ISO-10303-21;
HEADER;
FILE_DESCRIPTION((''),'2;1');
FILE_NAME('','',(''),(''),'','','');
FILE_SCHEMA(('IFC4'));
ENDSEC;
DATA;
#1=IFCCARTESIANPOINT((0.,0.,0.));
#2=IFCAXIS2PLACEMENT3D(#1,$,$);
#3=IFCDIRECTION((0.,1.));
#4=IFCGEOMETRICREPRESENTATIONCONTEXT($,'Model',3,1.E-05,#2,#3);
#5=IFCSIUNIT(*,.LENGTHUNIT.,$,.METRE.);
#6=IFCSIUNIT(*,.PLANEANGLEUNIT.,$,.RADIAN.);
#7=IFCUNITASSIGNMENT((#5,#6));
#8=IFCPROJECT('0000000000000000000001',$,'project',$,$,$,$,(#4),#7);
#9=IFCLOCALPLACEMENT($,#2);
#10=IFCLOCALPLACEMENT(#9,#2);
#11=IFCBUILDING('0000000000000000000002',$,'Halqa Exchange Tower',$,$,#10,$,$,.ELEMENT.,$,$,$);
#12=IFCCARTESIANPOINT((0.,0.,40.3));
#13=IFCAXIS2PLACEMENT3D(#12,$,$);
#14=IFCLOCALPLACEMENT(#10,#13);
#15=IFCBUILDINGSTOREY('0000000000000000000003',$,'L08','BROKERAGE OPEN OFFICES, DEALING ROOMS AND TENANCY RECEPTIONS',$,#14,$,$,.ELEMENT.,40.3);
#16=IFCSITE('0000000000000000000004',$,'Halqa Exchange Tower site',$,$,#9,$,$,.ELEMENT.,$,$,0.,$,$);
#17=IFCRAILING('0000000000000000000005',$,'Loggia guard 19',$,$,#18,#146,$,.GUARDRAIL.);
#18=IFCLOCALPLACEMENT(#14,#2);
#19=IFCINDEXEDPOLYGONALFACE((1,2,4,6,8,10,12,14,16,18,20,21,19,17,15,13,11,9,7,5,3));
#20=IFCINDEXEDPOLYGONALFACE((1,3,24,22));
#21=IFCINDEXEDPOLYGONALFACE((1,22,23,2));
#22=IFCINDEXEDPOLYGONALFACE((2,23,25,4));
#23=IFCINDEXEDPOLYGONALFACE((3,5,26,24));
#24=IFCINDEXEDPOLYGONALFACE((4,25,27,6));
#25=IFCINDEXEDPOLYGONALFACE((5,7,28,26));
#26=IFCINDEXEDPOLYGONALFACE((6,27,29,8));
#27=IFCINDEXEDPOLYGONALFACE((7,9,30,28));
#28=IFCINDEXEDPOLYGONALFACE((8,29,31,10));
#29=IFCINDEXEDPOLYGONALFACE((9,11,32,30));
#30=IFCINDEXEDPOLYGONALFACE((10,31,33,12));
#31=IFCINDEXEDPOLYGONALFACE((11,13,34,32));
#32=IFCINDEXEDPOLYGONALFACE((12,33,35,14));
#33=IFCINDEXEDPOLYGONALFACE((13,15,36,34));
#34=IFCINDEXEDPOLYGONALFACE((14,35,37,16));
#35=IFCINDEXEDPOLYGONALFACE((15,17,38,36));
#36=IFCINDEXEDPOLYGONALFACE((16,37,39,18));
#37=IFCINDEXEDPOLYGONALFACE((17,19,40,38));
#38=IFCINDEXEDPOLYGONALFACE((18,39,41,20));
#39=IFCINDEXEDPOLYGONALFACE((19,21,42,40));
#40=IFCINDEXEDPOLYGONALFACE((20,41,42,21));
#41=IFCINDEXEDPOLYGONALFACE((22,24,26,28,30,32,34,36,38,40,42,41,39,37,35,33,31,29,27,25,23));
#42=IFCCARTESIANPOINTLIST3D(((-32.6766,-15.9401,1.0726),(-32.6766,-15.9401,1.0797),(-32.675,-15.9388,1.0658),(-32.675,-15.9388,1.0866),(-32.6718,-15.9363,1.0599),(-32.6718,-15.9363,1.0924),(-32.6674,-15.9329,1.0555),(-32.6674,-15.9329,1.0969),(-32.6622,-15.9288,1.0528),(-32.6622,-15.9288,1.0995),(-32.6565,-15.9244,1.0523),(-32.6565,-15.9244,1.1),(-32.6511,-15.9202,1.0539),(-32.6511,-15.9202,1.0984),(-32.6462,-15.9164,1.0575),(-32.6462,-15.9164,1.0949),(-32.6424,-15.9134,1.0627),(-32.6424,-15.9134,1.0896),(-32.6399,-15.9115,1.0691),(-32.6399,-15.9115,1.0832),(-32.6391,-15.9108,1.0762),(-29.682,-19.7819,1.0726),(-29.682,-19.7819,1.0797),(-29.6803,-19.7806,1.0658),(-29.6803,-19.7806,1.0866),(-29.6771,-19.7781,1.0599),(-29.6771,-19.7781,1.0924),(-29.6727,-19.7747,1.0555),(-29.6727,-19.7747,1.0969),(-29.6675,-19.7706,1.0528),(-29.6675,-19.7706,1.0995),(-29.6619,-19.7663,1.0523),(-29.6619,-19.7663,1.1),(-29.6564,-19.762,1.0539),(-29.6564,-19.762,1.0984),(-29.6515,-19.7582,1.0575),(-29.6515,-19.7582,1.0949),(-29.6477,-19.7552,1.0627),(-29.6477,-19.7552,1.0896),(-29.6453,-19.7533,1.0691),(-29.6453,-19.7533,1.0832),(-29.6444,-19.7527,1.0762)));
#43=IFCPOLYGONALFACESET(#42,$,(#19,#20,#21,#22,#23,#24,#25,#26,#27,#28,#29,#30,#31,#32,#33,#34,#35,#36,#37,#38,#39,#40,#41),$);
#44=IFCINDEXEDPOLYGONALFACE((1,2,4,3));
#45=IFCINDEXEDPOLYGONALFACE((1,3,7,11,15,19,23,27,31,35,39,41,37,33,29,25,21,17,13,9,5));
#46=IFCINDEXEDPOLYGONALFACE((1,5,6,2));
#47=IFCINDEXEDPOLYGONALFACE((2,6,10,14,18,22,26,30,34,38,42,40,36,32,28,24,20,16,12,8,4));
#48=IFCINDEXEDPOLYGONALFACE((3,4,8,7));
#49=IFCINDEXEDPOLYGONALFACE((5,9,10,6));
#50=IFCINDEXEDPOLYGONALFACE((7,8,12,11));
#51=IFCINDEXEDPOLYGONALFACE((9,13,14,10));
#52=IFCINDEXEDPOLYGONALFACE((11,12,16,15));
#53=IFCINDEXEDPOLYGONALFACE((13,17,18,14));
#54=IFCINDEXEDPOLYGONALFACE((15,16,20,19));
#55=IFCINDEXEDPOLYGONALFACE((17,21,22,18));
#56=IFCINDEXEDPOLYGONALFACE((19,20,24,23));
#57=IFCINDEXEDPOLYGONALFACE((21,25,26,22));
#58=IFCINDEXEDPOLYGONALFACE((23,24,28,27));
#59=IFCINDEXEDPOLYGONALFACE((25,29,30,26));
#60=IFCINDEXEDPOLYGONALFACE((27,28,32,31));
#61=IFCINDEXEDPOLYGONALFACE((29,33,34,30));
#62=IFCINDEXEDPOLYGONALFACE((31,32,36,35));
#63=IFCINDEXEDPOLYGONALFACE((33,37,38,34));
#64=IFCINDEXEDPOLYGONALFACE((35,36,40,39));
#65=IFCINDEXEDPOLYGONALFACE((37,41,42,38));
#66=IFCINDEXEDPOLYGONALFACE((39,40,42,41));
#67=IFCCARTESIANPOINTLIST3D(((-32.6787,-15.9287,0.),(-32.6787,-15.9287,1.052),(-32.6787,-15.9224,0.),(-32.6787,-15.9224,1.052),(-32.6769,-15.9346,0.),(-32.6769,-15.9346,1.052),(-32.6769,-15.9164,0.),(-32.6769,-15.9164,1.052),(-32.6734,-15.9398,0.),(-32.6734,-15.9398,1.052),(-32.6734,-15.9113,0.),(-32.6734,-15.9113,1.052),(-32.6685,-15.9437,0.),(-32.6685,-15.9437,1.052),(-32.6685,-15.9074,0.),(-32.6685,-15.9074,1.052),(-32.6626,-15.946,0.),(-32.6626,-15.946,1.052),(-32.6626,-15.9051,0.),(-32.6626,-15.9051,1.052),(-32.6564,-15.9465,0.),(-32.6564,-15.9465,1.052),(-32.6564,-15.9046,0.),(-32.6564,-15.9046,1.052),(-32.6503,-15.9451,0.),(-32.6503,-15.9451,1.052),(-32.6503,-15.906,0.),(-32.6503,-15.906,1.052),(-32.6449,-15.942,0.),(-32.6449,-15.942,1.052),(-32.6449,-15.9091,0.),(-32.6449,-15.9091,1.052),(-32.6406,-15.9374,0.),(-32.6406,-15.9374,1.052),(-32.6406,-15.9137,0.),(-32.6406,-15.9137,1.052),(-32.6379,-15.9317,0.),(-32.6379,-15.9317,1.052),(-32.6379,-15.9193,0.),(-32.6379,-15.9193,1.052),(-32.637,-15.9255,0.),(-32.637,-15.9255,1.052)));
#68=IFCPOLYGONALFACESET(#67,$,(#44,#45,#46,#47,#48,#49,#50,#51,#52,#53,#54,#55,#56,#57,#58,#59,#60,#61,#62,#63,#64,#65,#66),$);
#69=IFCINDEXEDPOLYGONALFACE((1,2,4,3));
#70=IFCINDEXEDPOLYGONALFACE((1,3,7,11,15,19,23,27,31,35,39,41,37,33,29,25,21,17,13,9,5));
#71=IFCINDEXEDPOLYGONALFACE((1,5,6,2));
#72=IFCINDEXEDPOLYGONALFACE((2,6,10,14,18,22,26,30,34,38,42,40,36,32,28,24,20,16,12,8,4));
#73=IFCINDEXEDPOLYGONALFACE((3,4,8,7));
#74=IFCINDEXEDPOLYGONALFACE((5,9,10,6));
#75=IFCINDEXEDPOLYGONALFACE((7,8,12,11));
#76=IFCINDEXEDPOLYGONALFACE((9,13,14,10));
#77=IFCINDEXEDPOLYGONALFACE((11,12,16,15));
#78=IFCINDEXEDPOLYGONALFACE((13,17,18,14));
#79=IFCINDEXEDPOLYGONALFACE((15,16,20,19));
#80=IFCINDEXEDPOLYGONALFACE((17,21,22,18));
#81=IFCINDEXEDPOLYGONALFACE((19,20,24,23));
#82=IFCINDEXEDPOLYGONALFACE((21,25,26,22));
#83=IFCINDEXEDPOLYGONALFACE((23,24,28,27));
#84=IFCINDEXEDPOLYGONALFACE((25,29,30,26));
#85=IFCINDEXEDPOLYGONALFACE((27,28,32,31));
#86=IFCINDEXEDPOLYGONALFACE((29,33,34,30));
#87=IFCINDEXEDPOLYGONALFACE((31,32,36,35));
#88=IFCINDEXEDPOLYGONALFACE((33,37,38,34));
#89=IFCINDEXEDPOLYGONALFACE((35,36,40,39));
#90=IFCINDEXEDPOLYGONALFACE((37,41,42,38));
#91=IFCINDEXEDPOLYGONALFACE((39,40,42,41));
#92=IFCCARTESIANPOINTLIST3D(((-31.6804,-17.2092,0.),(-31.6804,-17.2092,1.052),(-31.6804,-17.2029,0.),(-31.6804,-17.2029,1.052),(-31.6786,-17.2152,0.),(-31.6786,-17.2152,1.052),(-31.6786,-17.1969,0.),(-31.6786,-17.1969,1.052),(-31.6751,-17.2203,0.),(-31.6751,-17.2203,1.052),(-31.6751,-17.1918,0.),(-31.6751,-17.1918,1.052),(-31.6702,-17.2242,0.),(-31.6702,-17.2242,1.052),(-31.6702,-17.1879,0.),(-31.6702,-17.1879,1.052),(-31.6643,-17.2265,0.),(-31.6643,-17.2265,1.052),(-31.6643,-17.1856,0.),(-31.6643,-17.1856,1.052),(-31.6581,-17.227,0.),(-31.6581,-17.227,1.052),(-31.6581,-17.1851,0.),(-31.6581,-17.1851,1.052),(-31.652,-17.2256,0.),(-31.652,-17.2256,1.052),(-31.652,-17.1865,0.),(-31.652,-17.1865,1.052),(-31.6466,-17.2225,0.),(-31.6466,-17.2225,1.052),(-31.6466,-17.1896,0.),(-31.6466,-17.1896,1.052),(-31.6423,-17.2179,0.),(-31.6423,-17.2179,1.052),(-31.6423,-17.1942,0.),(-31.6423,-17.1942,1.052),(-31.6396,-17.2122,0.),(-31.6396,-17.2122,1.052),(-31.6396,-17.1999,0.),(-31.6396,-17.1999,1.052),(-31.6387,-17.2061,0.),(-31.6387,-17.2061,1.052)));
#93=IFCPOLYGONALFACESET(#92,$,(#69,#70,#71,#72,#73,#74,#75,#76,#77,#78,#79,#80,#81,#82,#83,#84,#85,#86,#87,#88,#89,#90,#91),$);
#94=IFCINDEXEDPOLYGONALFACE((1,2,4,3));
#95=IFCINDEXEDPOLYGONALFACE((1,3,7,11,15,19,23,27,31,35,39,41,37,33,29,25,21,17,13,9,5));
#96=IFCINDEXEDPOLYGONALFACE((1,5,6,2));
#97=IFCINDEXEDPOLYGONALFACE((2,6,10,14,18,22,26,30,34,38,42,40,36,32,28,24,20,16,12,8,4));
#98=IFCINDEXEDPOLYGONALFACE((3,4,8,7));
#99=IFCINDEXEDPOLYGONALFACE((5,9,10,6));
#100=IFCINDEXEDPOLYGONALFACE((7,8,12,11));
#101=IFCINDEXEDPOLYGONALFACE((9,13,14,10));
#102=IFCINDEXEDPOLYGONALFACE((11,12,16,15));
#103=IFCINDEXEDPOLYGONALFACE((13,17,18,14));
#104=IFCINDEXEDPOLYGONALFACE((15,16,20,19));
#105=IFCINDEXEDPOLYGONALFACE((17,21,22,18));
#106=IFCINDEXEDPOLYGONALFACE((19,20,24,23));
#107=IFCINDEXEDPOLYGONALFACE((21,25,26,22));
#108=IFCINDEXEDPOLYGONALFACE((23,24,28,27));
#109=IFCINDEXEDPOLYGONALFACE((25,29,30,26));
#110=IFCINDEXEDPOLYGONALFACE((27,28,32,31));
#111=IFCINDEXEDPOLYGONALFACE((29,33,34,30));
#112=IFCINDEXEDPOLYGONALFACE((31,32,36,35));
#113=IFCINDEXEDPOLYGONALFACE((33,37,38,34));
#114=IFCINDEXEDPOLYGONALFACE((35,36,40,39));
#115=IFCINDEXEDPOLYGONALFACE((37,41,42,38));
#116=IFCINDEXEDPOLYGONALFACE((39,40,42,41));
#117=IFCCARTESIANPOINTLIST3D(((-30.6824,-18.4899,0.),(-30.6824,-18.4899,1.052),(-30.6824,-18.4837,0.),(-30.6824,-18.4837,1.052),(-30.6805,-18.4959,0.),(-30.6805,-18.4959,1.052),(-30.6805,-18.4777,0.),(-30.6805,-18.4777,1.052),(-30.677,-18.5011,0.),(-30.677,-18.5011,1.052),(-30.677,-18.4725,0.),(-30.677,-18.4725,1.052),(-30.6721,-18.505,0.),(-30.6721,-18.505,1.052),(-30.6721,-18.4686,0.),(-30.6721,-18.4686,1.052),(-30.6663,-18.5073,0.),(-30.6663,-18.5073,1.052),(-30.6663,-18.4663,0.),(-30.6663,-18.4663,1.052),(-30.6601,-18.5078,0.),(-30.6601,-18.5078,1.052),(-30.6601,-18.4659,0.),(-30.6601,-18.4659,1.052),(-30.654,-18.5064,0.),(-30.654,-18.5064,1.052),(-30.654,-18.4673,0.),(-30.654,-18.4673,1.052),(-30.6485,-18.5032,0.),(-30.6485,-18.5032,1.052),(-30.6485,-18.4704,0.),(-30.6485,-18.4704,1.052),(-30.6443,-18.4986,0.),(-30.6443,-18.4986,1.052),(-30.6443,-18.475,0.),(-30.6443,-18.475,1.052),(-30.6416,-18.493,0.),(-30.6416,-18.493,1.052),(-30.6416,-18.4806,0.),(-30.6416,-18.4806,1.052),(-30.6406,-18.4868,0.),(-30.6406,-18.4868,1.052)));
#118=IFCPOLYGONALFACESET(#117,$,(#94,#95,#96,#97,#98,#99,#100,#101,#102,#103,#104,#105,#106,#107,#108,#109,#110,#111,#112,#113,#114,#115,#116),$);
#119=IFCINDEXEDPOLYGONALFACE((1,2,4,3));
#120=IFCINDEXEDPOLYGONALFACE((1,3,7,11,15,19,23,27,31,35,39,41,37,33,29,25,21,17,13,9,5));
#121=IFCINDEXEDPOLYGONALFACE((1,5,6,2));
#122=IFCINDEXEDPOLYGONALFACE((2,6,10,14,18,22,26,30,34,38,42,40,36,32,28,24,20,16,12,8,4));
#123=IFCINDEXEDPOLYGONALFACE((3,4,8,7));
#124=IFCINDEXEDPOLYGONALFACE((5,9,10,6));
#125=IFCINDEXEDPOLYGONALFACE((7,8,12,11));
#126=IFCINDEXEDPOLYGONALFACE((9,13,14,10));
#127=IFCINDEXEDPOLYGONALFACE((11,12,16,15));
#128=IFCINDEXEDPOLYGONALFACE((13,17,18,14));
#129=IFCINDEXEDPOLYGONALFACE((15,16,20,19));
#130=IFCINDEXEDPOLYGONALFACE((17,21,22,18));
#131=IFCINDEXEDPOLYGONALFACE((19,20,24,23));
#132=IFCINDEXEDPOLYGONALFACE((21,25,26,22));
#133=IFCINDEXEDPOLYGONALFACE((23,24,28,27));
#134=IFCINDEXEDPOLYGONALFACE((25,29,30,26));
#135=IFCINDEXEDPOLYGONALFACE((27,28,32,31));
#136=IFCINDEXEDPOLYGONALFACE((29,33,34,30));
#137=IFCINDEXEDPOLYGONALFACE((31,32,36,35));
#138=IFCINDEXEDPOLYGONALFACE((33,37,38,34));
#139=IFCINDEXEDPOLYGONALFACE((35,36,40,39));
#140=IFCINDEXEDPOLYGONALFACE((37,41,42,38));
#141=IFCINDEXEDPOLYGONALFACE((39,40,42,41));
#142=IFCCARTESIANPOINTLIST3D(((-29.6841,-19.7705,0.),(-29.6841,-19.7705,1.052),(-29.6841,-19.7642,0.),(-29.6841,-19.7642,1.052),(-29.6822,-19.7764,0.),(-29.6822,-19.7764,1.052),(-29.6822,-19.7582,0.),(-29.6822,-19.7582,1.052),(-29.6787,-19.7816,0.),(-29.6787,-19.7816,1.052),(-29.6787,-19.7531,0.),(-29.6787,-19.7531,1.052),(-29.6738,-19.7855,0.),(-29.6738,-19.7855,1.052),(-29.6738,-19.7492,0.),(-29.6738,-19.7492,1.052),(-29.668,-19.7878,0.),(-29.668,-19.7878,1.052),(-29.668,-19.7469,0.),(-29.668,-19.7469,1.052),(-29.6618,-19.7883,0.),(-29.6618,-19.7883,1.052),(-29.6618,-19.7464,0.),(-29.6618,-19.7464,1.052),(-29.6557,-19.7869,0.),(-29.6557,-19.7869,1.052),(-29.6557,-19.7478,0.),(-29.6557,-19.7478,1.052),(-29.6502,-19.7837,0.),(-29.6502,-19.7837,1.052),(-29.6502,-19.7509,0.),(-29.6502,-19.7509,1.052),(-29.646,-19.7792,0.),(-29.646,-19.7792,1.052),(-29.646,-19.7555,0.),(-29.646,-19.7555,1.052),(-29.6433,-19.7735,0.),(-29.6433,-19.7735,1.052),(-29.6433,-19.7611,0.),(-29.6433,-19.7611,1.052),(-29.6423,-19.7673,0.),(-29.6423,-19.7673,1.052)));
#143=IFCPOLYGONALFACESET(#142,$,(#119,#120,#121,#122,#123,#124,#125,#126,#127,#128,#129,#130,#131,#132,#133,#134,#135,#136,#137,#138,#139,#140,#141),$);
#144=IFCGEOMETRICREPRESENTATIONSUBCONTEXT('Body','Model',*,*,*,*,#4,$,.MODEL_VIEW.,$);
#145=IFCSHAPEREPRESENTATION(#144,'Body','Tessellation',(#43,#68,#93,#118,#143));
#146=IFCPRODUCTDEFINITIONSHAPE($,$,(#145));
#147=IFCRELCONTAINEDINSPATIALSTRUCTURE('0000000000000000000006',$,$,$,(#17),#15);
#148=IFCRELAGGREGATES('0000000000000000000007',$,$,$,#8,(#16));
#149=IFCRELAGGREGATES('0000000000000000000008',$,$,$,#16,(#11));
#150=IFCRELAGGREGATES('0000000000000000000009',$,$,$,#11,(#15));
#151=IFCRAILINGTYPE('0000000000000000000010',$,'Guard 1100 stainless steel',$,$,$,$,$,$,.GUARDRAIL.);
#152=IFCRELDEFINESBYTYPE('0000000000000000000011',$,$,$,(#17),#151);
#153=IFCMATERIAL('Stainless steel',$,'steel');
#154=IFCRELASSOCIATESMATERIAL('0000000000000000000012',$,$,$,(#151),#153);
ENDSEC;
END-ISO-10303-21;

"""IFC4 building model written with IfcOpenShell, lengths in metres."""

from ifc_helpers import new_model, si_unit, direction, frame, origin, origin_2d, place, context, subcontext, project, spatial, circle, extrude, material, type_object, element, save


model = new_model("IFC4")

# Units and contexts
model_context = context("Model", 3, precision=1e-05, world=origin(), true_north=direction((0.0, 1.0)))
body_context = subcontext(model_context, "Body", "Model", "MODEL_VIEW")
ifc_project = project(units=[si_unit("LENGTHUNIT", "METRE"), si_unit("PLANEANGLEUNIT", "RADIAN")], contexts=[model_context])

# Site, building, storey
site_placement = place(None, origin())
site = spatial("IfcSite", under=ifc_project, at=site_placement, Name="Halqa Exchange Tower site", CompositionType="ELEMENT", RefElevation=0.0)
building_placement = place(site_placement, origin())
building = spatial("IfcBuilding", under=site, at=building_placement, Name="Halqa Exchange Tower", CompositionType="ELEMENT")
storey_placement = place(building_placement, frame((0.0, 0.0, 40.3)))
storey = spatial("IfcBuildingStorey", under=building, at=storey_placement, Name="L08", Description="BROKERAGE OPEN OFFICES, DEALING ROOMS AND TENANCY RECEPTIONS", CompositionType="ELEMENT", Elevation=40.3)

# Railing
ifc_material_1 = material(Name="Stainless steel", Category="steel")
railing_type = type_object("IfcRailingType", Name="Guard 1100 stainless steel", PredefinedType="GUARDRAIL", material=ifc_material_1)
railing_1_placement = place(storey_placement, frame((-32.658, -15.9255, 0.0)))
element("IfcRailing", 1, at=railing_1_placement, inside=storey, type_object=railing_type, Name="Loggia guard 19", PredefinedType="GUARDRAIL", context=body_context, shape_type="SweptSolid", body=[
    extrude(circle(Radius=0.0239, at=origin_2d()), frame((0.0, 0.0, 1.0762), z_axis=(0.61478, -0.788699, 0.0), x_axis=(0.788699, 0.61478, 0.0)), (0.0, 0.0, 1.0), 4.8711),
    extrude(circle(Radius=0.021, at=origin_2d()), origin(), (0.0, 0.0, 1.0), 1.052),
    extrude(circle(Radius=0.021, at=origin_2d()), frame((0.9983, -1.2805, 0.0)), (0.0, 0.0, 1.0), 1.052),
    extrude(circle(Radius=0.021, at=origin_2d()), frame((1.9963, -2.5613, 0.0)), (0.0, 0.0, 1.0), 1.052),
    extrude(circle(Radius=0.021, at=origin_2d()), frame((2.9946, -3.8418, 0.0)), (0.0, 0.0, 1.0), 1.052),
])

save(model, "model.ifc")
